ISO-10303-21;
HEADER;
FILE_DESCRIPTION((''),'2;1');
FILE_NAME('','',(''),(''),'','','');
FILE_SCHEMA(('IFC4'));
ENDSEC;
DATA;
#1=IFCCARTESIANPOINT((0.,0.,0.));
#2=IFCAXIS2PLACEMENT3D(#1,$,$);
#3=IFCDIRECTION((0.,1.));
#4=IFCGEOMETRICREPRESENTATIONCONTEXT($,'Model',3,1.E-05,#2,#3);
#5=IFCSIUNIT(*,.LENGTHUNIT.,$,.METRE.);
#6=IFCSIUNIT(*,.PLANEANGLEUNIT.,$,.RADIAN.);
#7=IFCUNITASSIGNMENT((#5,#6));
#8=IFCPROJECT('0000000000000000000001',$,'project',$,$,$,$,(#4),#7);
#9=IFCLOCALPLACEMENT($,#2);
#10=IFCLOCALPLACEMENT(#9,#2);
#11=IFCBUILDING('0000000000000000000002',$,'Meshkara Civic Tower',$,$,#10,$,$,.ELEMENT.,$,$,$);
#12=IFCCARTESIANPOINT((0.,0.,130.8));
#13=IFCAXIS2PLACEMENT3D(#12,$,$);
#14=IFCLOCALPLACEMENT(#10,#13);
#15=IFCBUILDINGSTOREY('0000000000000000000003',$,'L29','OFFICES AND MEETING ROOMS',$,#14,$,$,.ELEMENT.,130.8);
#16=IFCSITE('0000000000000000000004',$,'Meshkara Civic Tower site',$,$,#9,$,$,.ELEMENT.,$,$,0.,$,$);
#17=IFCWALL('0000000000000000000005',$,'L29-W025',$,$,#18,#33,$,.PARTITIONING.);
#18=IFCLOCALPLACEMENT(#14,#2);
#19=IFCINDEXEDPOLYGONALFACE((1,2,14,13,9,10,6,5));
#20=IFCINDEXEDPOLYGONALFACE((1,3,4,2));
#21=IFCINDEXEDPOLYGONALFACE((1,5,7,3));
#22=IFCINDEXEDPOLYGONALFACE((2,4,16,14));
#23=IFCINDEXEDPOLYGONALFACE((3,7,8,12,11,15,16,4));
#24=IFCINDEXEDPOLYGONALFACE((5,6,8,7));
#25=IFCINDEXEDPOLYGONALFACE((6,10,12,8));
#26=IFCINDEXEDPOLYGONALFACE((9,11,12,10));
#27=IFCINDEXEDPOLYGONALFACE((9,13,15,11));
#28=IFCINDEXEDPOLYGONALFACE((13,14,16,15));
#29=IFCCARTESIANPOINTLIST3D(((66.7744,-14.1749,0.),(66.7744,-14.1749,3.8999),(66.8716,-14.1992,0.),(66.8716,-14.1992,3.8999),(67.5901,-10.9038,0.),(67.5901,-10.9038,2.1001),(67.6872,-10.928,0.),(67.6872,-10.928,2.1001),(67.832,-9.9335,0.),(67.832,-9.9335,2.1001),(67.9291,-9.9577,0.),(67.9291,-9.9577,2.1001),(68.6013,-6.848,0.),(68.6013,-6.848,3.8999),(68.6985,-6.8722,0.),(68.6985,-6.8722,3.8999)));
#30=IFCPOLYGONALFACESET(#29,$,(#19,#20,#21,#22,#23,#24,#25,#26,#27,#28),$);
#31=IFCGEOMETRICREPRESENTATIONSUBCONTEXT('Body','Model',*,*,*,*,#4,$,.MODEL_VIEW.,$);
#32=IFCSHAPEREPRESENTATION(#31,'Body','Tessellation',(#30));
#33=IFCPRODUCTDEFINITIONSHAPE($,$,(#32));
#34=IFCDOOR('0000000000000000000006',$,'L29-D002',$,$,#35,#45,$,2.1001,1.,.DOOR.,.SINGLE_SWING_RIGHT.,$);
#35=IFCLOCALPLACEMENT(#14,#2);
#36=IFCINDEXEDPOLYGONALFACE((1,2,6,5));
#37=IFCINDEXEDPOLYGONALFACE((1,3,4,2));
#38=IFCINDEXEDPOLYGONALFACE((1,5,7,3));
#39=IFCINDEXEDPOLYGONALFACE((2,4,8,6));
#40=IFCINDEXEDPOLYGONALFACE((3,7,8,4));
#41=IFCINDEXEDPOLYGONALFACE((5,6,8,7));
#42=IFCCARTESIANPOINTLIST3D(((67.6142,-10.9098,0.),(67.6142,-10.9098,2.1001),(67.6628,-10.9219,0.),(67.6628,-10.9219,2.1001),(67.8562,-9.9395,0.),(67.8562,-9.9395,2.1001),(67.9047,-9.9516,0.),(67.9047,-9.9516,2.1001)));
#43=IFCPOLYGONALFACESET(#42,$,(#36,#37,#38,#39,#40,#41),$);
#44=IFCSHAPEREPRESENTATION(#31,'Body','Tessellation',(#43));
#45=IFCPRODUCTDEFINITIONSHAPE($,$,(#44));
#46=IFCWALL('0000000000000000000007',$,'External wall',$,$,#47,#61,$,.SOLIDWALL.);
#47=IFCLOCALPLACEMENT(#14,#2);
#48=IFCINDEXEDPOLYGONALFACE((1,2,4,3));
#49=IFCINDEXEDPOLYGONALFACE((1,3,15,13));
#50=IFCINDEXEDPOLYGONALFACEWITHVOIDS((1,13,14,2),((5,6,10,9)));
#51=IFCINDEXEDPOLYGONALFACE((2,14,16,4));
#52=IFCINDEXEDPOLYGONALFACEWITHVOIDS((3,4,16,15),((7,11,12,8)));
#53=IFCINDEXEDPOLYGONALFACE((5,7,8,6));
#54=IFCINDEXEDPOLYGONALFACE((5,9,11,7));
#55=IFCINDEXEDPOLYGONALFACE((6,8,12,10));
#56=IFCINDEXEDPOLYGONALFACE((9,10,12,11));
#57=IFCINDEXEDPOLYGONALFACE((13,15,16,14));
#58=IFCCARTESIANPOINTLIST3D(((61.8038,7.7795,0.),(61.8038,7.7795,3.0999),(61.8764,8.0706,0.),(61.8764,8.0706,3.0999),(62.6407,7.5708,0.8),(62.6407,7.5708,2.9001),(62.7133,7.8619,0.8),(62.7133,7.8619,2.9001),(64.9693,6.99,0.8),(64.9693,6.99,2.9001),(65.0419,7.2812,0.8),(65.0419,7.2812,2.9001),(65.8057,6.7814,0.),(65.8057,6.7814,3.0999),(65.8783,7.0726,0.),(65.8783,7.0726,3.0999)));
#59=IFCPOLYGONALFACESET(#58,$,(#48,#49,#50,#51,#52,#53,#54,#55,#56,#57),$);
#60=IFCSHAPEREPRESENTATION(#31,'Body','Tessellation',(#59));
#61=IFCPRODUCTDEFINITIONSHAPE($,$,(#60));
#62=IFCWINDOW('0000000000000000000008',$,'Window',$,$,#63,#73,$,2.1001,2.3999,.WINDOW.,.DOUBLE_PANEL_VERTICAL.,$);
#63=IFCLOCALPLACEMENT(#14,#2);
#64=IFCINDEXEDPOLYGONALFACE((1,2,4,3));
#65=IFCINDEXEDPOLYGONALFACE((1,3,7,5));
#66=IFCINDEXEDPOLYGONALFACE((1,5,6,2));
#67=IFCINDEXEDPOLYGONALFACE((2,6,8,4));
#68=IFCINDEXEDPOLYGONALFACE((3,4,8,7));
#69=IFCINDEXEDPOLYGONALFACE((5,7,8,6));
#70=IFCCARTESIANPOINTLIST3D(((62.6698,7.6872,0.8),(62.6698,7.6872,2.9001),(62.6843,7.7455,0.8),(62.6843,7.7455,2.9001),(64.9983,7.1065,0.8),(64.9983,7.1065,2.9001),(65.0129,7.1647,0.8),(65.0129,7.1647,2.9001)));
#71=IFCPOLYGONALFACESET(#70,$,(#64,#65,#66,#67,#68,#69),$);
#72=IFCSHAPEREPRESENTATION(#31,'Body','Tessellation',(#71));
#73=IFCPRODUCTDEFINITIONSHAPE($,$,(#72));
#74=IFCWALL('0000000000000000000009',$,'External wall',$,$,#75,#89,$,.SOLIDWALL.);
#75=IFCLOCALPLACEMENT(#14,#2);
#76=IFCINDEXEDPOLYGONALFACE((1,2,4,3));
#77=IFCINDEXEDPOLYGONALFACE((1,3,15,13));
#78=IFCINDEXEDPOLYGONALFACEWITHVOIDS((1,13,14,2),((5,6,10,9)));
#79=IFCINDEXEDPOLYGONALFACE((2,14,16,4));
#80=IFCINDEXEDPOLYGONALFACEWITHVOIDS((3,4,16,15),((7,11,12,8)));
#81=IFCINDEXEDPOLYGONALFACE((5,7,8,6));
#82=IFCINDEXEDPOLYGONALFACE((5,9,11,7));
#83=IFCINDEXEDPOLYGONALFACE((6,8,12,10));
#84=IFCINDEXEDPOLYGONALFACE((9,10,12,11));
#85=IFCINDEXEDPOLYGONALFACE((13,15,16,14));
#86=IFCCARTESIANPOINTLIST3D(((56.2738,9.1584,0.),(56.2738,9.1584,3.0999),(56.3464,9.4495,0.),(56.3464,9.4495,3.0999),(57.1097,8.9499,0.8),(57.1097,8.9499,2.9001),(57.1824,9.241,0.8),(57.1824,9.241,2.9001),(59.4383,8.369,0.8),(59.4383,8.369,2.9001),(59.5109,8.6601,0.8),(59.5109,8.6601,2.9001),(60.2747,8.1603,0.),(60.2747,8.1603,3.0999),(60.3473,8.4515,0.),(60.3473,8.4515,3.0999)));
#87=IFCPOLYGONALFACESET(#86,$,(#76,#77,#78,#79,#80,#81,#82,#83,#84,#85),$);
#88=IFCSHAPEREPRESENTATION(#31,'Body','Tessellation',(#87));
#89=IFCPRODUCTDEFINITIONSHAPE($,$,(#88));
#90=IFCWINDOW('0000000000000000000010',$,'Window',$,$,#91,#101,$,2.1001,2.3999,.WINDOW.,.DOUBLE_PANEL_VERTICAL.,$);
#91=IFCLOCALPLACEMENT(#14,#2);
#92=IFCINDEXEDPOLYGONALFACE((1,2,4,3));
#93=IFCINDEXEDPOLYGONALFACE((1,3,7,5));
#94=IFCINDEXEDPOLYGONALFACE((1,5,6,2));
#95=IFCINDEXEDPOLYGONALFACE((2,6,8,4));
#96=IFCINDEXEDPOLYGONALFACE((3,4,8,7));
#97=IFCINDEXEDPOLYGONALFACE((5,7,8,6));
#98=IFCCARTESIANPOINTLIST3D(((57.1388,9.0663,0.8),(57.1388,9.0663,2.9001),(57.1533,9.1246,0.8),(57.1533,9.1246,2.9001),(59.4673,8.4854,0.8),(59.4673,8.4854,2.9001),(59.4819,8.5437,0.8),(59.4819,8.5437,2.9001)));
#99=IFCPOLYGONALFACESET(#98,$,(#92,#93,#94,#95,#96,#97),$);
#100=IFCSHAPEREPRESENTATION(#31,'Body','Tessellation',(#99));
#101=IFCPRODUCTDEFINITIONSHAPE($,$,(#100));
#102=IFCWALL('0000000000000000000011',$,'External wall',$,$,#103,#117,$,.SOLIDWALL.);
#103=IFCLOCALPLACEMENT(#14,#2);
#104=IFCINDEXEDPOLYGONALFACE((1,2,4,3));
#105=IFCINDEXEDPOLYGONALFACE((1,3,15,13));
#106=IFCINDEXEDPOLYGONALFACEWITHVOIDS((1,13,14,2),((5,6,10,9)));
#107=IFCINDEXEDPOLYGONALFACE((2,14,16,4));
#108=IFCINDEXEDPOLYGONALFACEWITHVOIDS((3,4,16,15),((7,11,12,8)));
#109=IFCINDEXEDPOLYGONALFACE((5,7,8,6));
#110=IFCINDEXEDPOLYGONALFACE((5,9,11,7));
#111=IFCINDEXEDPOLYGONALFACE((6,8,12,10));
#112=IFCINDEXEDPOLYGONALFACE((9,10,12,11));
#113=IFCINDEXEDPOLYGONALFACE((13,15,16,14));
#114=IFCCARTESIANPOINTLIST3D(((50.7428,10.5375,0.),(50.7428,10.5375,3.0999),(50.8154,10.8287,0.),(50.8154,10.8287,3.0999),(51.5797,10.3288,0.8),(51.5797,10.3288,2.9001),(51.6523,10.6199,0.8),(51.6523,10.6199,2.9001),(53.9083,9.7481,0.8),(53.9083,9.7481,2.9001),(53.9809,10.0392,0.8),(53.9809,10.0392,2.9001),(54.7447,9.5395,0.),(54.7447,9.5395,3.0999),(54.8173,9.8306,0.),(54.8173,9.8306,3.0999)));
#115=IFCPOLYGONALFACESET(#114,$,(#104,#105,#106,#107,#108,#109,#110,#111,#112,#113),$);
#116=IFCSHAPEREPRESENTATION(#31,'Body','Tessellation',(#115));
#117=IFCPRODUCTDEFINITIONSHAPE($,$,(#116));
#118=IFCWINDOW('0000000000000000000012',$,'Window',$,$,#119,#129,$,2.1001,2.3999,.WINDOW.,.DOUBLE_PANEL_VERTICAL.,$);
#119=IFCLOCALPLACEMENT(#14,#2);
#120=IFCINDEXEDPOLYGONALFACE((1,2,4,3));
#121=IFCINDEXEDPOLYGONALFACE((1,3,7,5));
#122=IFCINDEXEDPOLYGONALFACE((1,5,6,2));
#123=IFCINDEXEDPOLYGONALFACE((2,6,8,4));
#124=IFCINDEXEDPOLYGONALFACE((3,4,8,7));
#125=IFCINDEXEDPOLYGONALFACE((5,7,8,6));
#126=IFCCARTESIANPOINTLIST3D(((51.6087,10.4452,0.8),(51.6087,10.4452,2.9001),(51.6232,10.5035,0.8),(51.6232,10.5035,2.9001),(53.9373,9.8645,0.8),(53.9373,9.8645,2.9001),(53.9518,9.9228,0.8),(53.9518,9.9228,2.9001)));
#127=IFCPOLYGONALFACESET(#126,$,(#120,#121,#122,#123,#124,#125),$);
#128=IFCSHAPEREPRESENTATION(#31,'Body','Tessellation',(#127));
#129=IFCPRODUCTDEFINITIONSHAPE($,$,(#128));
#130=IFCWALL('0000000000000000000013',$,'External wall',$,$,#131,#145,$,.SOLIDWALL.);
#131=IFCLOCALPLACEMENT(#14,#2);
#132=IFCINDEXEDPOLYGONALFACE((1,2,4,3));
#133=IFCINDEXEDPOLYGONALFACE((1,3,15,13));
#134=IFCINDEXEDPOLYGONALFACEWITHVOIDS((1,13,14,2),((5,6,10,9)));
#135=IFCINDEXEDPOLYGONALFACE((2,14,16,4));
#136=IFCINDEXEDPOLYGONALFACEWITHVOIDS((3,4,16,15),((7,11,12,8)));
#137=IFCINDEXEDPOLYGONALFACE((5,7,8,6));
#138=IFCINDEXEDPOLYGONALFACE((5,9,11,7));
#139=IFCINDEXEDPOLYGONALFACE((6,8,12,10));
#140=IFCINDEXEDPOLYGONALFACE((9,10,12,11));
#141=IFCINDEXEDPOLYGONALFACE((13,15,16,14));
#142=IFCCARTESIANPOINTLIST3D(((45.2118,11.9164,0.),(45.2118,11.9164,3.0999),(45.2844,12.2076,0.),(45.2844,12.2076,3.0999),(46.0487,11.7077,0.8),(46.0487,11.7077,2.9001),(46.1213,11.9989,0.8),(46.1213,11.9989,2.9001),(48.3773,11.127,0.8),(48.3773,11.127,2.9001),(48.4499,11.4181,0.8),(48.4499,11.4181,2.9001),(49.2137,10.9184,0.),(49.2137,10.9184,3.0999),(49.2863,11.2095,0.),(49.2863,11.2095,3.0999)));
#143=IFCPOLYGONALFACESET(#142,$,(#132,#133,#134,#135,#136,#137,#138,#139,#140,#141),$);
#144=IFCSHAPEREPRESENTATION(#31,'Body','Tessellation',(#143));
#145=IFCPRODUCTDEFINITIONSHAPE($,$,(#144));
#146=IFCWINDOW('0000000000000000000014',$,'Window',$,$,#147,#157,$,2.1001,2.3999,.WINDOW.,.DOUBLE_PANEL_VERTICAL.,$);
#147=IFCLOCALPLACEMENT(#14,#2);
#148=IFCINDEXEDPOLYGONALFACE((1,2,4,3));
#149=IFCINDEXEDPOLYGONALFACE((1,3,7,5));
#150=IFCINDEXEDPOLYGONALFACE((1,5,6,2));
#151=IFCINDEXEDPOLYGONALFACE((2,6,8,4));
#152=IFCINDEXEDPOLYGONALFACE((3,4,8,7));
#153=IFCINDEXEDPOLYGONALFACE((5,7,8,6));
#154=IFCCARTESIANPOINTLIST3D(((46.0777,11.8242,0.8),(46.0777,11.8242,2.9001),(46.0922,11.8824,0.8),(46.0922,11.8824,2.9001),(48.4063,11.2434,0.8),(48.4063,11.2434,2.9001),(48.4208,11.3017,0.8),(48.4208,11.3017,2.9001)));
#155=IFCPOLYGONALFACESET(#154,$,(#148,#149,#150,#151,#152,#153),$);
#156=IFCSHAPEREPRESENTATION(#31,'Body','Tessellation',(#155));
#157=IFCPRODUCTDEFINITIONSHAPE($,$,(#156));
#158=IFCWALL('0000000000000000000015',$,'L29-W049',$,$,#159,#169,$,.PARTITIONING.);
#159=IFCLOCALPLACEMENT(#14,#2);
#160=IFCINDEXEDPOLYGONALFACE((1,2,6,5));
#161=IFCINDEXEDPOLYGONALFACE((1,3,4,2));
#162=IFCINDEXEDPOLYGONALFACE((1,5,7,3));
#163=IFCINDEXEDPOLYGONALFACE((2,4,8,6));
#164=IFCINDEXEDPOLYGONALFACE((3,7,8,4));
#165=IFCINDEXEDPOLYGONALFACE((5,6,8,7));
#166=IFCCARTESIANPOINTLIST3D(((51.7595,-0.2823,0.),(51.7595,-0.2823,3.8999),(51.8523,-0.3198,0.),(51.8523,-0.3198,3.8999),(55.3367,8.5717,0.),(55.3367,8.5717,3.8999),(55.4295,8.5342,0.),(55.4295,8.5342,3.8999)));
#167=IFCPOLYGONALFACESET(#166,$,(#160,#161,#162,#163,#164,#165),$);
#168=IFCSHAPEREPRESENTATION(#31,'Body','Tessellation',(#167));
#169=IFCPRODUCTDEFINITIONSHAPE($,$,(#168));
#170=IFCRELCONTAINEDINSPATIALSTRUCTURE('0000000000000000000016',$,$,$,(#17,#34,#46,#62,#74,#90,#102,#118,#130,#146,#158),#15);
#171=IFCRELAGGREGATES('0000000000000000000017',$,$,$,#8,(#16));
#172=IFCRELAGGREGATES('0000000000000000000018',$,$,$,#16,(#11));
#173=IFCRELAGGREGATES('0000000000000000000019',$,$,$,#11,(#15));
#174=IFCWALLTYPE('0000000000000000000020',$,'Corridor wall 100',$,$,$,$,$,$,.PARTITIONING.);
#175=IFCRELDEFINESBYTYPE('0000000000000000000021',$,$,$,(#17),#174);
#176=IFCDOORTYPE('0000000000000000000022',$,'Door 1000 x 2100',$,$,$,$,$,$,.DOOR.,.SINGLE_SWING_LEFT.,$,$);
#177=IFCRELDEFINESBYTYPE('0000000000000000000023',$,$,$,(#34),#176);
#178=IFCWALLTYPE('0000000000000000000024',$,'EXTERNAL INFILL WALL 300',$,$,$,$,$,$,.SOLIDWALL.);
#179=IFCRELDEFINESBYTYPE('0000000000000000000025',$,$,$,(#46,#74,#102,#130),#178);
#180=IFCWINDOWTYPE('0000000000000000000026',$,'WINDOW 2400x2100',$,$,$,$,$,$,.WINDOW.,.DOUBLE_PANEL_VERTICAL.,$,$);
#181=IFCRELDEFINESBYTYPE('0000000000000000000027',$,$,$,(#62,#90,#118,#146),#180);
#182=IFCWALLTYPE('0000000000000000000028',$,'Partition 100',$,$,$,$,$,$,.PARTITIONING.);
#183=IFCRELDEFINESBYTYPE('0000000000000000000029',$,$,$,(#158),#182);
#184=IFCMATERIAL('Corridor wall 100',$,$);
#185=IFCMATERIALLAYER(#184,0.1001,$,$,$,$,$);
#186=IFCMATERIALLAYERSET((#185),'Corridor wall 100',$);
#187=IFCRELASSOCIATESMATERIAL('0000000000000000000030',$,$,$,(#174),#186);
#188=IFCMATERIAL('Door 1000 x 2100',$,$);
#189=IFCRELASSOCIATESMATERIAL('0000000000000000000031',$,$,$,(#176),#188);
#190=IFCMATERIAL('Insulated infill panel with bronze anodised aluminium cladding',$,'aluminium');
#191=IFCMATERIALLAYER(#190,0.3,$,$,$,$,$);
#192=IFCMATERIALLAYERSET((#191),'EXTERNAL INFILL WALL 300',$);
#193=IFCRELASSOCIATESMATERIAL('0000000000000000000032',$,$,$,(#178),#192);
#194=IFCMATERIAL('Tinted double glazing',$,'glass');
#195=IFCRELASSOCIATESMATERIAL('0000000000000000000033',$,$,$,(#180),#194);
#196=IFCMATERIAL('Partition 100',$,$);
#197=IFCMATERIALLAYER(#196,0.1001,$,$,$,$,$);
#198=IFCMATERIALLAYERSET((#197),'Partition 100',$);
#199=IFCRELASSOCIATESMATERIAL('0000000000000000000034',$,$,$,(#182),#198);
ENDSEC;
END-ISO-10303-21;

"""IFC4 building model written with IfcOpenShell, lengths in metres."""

from ifc_helpers import new_model, si_unit, direction, frame, frame_2d, origin, place, context, subcontext, project, spatial, rectangle, extrude, material, layer, layer_set, type_object, element, fill, save


model = new_model("IFC4")

# Units and contexts
model_context = context("Model", 3, precision=1e-05, world=origin(), true_north=direction((0.0, 1.0)))
body_context = subcontext(model_context, "Body", "Model", "MODEL_VIEW")
ifc_project = project(units=[si_unit("LENGTHUNIT", "METRE"), si_unit("PLANEANGLEUNIT", "RADIAN")], contexts=[model_context])

# Site, building, storey
site_placement = place(None, origin())
site = spatial("IfcSite", under=ifc_project, at=site_placement, Name="Meshkara Civic Tower site", CompositionType="ELEMENT", RefElevation=0.0)
building_placement = place(site_placement, origin())
building = spatial("IfcBuilding", under=site, at=building_placement, Name="Meshkara Civic Tower", CompositionType="ELEMENT")
storey_placement = place(building_placement, frame((0.0, 0.0, 130.8)))
storey = spatial("IfcBuildingStorey", under=building, at=storey_placement, Name="L29", Description="OFFICES AND MEETING ROOMS", CompositionType="ELEMENT", Elevation=130.8)

# Wall, opening, door
ifc_material_1 = material(Name="Corridor wall 100")
ifc_layer_1 = layer(ifc_material_1, 0.1001)
ifc_layer_set_1 = layer_set([ifc_layer_1], Name="Corridor wall 100")
wall_type_1 = type_object("IfcWallType", Name="Corridor wall 100", PredefinedType="PARTITIONING", material=ifc_layer_set_1)
wall_1_placement = place(storey_placement, frame((68.6499, -6.8601, 0.0), z_axis=(0.0, 0.0, 1.0), x_axis=(-0.241935, -0.970293, 0.0)))
wall_1 = element("IfcWall", 1, at=wall_1_placement, inside=storey, type_object=wall_type_1, Name="L29-W025", PredefinedType="PARTITIONING", context=body_context, shape_type="SweptSolid", body=[
    extrude(rectangle(XDim=7.5513, YDim=0.1001, at=frame_2d((3.7756, 0.0))), origin(), (0.0, 0.0, 1.0), 3.8999),
])
opening_1_placement = place(wall_1_placement, frame((3.1799, 0.0, 0.0)))
opening_1 = element("IfcOpeningElement", 2, at=opening_1_placement, cuts=wall_1, PredefinedType="OPENING", context=body_context, shape_type="SweptSolid", body=[
    extrude(rectangle(XDim=1.0, YDim=2.1001, at=frame_2d((0.5, 1.05))), frame((0.0, 0.0601, 0.0), z_axis=(0.0, -1.0, 0.0), x_axis=(1.0, 0.0, 0.0)), (0.0, 0.0, 1.0), 0.1201),
])
ifc_material_2 = material(Name="Door 1000 x 2100")
door_type = type_object("IfcDoorType", Name="Door 1000 x 2100", OperationType="SINGLE_SWING_LEFT", PredefinedType="DOOR", material=ifc_material_2)
door_placement = place(opening_1_placement, origin())
door = element("IfcDoor", 3, at=door_placement, inside=storey, type_object=door_type, Name="L29-D002", OperationType="SINGLE_SWING_RIGHT", OverallHeight=2.1001, OverallWidth=1.0, PredefinedType="DOOR", context=body_context, shape_type="SweptSolid", body=[
    extrude(rectangle(XDim=1.0, YDim=2.1001, at=frame_2d((0.5, 1.05))), frame((0.0, 0.0249, 0.0), z_axis=(0.0, -1.0, 0.0), x_axis=(1.0, 0.0, 0.0)), (0.0, 0.0, 1.0), 0.05),
])
fill(opening_1, door)

# Walls, openings, windows
ifc_material_3 = material(Name="Insulated infill panel with bronze anodised aluminium cladding", Category="aluminium")
ifc_layer_2 = layer(ifc_material_3, 0.3)
ifc_layer_set_2 = layer_set([ifc_layer_2], Name="EXTERNAL INFILL WALL 300")
wall_type_2 = type_object("IfcWallType", Name="EXTERNAL INFILL WALL 300", PredefinedType="SOLIDWALL", material=ifc_layer_set_2)
wall_2_placement = place(storey_placement, frame((65.842, 6.927, 0.0), z_axis=(0.0, 0.0, 1.0), x_axis=(-0.970282, 0.241978, 0.0)))
wall_2 = element("IfcWall", 4, at=wall_2_placement, inside=storey, type_object=wall_type_2, Name="External wall", PredefinedType="SOLIDWALL", context=body_context, shape_type="SweptSolid", body=[
    extrude(rectangle(XDim=4.1245, YDim=0.3, at=frame_2d((2.0623, 0.0))), origin(), (0.0, 0.0, 1.0), 3.0999),
])
opening_2_placement = place(wall_2_placement, frame((0.8621, 0.0, 0.8)))
opening_2 = element("IfcOpeningElement", 5, at=opening_2_placement, cuts=wall_2, PredefinedType="OPENING", context=body_context, shape_type="SweptSolid", body=[
    extrude(rectangle(XDim=2.3999, YDim=2.1001, at=frame_2d((1.2, 1.05))), frame((0.0, 0.1599, 0.0), z_axis=(0.0, -1.0, 0.0), x_axis=(1.0, 0.0, 0.0)), (0.0, 0.0, 1.0), 0.3201),
])
ifc_material_4 = material(Name="Tinted double glazing", Category="glass")
window_type = type_object("IfcWindowType", Name="WINDOW 2400x2100", PartitioningType="DOUBLE_PANEL_VERTICAL", PredefinedType="WINDOW", material=ifc_material_4)
window_1_placement = place(opening_2_placement, origin())
window_1 = element("IfcWindow", 6, at=window_1_placement, inside=storey, type_object=window_type, Name="Window", OverallHeight=2.1001, OverallWidth=2.3999, PartitioningType="DOUBLE_PANEL_VERTICAL", PredefinedType="WINDOW", context=body_context, shape_type="SweptSolid", body=[
    extrude(rectangle(XDim=2.3999, YDim=2.1001, at=frame_2d((1.2, 1.05))), frame((0.0, 0.03, 0.0), z_axis=(0.0, -1.0, 0.0), x_axis=(1.0, 0.0, 0.0)), (0.0, 0.0, 1.0), 0.0601),
])
fill(opening_2, window_1)
wall_3_placement = place(storey_placement, frame((60.311, 8.3059, 0.0), z_axis=(0.0, 0.0, 1.0), x_axis=(-0.970268, 0.242034, 0.0)))
wall_3 = element("IfcWall", 7, at=wall_3_placement, inside=storey, type_object=wall_type_2, Name="External wall", PredefinedType="SOLIDWALL", context=body_context, shape_type="SweptSolid", body=[
    extrude(rectangle(XDim=4.1235, YDim=0.3, at=frame_2d((2.0618, 0.0))), origin(), (0.0, 0.0, 1.0), 3.0999),
])
opening_3_placement = place(wall_3_placement, frame((0.8621, 0.0, 0.8)))
opening_3 = element("IfcOpeningElement", 8, at=opening_3_placement, cuts=wall_3, PredefinedType="OPENING", context=body_context, shape_type="SweptSolid", body=[
    extrude(rectangle(XDim=2.3999, YDim=2.1001, at=frame_2d((1.2, 1.05))), frame((0.0, 0.1599, 0.0), z_axis=(0.0, -1.0, 0.0), x_axis=(1.0, 0.0, 0.0)), (0.0, 0.0, 1.0), 0.3201),
])
window_2_placement = place(opening_3_placement, origin())
window_2 = element("IfcWindow", 9, at=window_2_placement, inside=storey, type_object=window_type, Name="Window", OverallHeight=2.1001, OverallWidth=2.3999, PartitioningType="DOUBLE_PANEL_VERTICAL", PredefinedType="WINDOW", context=body_context, shape_type="SweptSolid", body=[
    extrude(rectangle(XDim=2.3999, YDim=2.1001, at=frame_2d((1.2, 1.05))), frame((0.0, 0.03, 0.0), z_axis=(0.0, -1.0, 0.0), x_axis=(1.0, 0.0, 0.0)), (0.0, 0.0, 1.0), 0.0601),
])
fill(opening_3, window_2)
wall_4_placement = place(storey_placement, frame((54.781, 9.6851, 0.0), z_axis=(0.0, 0.0, 1.0), x_axis=(-0.970282, 0.241978, 0.0)))
wall_4 = element("IfcWall", 10, at=wall_4_placement, inside=storey, type_object=wall_type_2, Name="External wall", PredefinedType="SOLIDWALL", context=body_context, shape_type="SweptSolid", body=[
    extrude(rectangle(XDim=4.1245, YDim=0.3, at=frame_2d((2.0623, 0.0))), origin(), (0.0, 0.0, 1.0), 3.0999),
])
opening_4_placement = place(wall_4_placement, frame((0.8621, 0.0, 0.8)))
opening_4 = element("IfcOpeningElement", 11, at=opening_4_placement, cuts=wall_4, PredefinedType="OPENING", context=body_context, shape_type="SweptSolid", body=[
    extrude(rectangle(XDim=2.3999, YDim=2.1001, at=frame_2d((1.2, 1.05))), frame((0.0, 0.1599, 0.0), z_axis=(0.0, -1.0, 0.0), x_axis=(1.0, 0.0, 0.0)), (0.0, 0.0, 1.0), 0.3201),
])
window_3_placement = place(opening_4_placement, origin())
window_3 = element("IfcWindow", 12, at=window_3_placement, inside=storey, type_object=window_type, Name="Window", OverallHeight=2.1001, OverallWidth=2.3999, PartitioningType="DOUBLE_PANEL_VERTICAL", PredefinedType="WINDOW", context=body_context, shape_type="SweptSolid", body=[
    extrude(rectangle(XDim=2.3999, YDim=2.1001, at=frame_2d((1.2, 1.05))), frame((0.0, 0.03, 0.0), z_axis=(0.0, -1.0, 0.0), x_axis=(1.0, 0.0, 0.0)), (0.0, 0.0, 1.0), 0.0601),
])
fill(opening_4, window_3)
wall_5_placement = place(storey_placement, frame((49.25, 11.064, 0.0), z_axis=(0.0, 0.0, 1.0), x_axis=(-0.970282, 0.241978, 0.0)))
wall_5 = element("IfcWall", 13, at=wall_5_placement, inside=storey, type_object=wall_type_2, Name="External wall", PredefinedType="SOLIDWALL", context=body_context, shape_type="SweptSolid", body=[
    extrude(rectangle(XDim=4.1245, YDim=0.3, at=frame_2d((2.0623, 0.0))), origin(), (0.0, 0.0, 1.0), 3.0999),
])
opening_5_placement = place(wall_5_placement, frame((0.8621, 0.0, 0.8)))
opening_5 = element("IfcOpeningElement", 14, at=opening_5_placement, cuts=wall_5, PredefinedType="OPENING", context=body_context, shape_type="SweptSolid", body=[
    extrude(rectangle(XDim=2.3999, YDim=2.1001, at=frame_2d((1.2, 1.05))), frame((0.0, 0.1599, 0.0), z_axis=(0.0, -1.0, 0.0), x_axis=(1.0, 0.0, 0.0)), (0.0, 0.0, 1.0), 0.3201),
])
window_4_placement = place(opening_5_placement, origin())
window_4 = element("IfcWindow", 15, at=window_4_placement, inside=storey, type_object=window_type, Name="Window", OverallHeight=2.1001, OverallWidth=2.3999, PartitioningType="DOUBLE_PANEL_VERTICAL", PredefinedType="WINDOW", context=body_context, shape_type="SweptSolid", body=[
    extrude(rectangle(XDim=2.3999, YDim=2.1001, at=frame_2d((1.2, 1.05))), frame((0.0, 0.03, 0.0), z_axis=(0.0, -1.0, 0.0), x_axis=(1.0, 0.0, 0.0)), (0.0, 0.0, 1.0), 0.0601),
])
fill(opening_5, window_4)

# Wall
ifc_material_5 = material(Name="Partition 100")
ifc_layer_3 = layer(ifc_material_5, 0.1001)
ifc_layer_set_3 = layer_set([ifc_layer_3], Name="Partition 100")
wall_type_3 = type_object("IfcWallType", Name="Partition 100", PredefinedType="PARTITIONING", material=ifc_layer_set_3)
wall_6_placement = place(storey_placement, frame((51.8059, -0.301, 0.0), z_axis=(0.0, 0.0, 1.0), x_axis=(0.374597, 0.927188, 0.0)))
element("IfcWall", 16, at=wall_6_placement, inside=storey, type_object=wall_type_3, Name="L29-W049", PredefinedType="PARTITIONING", context=body_context, shape_type="SweptSolid", body=[
    extrude(rectangle(XDim=9.5493, YDim=0.1001, at=frame_2d((4.7747, 0.0))), origin(), (0.0, 0.0, 1.0), 3.8999),
])

save(model, "model.ifc")
